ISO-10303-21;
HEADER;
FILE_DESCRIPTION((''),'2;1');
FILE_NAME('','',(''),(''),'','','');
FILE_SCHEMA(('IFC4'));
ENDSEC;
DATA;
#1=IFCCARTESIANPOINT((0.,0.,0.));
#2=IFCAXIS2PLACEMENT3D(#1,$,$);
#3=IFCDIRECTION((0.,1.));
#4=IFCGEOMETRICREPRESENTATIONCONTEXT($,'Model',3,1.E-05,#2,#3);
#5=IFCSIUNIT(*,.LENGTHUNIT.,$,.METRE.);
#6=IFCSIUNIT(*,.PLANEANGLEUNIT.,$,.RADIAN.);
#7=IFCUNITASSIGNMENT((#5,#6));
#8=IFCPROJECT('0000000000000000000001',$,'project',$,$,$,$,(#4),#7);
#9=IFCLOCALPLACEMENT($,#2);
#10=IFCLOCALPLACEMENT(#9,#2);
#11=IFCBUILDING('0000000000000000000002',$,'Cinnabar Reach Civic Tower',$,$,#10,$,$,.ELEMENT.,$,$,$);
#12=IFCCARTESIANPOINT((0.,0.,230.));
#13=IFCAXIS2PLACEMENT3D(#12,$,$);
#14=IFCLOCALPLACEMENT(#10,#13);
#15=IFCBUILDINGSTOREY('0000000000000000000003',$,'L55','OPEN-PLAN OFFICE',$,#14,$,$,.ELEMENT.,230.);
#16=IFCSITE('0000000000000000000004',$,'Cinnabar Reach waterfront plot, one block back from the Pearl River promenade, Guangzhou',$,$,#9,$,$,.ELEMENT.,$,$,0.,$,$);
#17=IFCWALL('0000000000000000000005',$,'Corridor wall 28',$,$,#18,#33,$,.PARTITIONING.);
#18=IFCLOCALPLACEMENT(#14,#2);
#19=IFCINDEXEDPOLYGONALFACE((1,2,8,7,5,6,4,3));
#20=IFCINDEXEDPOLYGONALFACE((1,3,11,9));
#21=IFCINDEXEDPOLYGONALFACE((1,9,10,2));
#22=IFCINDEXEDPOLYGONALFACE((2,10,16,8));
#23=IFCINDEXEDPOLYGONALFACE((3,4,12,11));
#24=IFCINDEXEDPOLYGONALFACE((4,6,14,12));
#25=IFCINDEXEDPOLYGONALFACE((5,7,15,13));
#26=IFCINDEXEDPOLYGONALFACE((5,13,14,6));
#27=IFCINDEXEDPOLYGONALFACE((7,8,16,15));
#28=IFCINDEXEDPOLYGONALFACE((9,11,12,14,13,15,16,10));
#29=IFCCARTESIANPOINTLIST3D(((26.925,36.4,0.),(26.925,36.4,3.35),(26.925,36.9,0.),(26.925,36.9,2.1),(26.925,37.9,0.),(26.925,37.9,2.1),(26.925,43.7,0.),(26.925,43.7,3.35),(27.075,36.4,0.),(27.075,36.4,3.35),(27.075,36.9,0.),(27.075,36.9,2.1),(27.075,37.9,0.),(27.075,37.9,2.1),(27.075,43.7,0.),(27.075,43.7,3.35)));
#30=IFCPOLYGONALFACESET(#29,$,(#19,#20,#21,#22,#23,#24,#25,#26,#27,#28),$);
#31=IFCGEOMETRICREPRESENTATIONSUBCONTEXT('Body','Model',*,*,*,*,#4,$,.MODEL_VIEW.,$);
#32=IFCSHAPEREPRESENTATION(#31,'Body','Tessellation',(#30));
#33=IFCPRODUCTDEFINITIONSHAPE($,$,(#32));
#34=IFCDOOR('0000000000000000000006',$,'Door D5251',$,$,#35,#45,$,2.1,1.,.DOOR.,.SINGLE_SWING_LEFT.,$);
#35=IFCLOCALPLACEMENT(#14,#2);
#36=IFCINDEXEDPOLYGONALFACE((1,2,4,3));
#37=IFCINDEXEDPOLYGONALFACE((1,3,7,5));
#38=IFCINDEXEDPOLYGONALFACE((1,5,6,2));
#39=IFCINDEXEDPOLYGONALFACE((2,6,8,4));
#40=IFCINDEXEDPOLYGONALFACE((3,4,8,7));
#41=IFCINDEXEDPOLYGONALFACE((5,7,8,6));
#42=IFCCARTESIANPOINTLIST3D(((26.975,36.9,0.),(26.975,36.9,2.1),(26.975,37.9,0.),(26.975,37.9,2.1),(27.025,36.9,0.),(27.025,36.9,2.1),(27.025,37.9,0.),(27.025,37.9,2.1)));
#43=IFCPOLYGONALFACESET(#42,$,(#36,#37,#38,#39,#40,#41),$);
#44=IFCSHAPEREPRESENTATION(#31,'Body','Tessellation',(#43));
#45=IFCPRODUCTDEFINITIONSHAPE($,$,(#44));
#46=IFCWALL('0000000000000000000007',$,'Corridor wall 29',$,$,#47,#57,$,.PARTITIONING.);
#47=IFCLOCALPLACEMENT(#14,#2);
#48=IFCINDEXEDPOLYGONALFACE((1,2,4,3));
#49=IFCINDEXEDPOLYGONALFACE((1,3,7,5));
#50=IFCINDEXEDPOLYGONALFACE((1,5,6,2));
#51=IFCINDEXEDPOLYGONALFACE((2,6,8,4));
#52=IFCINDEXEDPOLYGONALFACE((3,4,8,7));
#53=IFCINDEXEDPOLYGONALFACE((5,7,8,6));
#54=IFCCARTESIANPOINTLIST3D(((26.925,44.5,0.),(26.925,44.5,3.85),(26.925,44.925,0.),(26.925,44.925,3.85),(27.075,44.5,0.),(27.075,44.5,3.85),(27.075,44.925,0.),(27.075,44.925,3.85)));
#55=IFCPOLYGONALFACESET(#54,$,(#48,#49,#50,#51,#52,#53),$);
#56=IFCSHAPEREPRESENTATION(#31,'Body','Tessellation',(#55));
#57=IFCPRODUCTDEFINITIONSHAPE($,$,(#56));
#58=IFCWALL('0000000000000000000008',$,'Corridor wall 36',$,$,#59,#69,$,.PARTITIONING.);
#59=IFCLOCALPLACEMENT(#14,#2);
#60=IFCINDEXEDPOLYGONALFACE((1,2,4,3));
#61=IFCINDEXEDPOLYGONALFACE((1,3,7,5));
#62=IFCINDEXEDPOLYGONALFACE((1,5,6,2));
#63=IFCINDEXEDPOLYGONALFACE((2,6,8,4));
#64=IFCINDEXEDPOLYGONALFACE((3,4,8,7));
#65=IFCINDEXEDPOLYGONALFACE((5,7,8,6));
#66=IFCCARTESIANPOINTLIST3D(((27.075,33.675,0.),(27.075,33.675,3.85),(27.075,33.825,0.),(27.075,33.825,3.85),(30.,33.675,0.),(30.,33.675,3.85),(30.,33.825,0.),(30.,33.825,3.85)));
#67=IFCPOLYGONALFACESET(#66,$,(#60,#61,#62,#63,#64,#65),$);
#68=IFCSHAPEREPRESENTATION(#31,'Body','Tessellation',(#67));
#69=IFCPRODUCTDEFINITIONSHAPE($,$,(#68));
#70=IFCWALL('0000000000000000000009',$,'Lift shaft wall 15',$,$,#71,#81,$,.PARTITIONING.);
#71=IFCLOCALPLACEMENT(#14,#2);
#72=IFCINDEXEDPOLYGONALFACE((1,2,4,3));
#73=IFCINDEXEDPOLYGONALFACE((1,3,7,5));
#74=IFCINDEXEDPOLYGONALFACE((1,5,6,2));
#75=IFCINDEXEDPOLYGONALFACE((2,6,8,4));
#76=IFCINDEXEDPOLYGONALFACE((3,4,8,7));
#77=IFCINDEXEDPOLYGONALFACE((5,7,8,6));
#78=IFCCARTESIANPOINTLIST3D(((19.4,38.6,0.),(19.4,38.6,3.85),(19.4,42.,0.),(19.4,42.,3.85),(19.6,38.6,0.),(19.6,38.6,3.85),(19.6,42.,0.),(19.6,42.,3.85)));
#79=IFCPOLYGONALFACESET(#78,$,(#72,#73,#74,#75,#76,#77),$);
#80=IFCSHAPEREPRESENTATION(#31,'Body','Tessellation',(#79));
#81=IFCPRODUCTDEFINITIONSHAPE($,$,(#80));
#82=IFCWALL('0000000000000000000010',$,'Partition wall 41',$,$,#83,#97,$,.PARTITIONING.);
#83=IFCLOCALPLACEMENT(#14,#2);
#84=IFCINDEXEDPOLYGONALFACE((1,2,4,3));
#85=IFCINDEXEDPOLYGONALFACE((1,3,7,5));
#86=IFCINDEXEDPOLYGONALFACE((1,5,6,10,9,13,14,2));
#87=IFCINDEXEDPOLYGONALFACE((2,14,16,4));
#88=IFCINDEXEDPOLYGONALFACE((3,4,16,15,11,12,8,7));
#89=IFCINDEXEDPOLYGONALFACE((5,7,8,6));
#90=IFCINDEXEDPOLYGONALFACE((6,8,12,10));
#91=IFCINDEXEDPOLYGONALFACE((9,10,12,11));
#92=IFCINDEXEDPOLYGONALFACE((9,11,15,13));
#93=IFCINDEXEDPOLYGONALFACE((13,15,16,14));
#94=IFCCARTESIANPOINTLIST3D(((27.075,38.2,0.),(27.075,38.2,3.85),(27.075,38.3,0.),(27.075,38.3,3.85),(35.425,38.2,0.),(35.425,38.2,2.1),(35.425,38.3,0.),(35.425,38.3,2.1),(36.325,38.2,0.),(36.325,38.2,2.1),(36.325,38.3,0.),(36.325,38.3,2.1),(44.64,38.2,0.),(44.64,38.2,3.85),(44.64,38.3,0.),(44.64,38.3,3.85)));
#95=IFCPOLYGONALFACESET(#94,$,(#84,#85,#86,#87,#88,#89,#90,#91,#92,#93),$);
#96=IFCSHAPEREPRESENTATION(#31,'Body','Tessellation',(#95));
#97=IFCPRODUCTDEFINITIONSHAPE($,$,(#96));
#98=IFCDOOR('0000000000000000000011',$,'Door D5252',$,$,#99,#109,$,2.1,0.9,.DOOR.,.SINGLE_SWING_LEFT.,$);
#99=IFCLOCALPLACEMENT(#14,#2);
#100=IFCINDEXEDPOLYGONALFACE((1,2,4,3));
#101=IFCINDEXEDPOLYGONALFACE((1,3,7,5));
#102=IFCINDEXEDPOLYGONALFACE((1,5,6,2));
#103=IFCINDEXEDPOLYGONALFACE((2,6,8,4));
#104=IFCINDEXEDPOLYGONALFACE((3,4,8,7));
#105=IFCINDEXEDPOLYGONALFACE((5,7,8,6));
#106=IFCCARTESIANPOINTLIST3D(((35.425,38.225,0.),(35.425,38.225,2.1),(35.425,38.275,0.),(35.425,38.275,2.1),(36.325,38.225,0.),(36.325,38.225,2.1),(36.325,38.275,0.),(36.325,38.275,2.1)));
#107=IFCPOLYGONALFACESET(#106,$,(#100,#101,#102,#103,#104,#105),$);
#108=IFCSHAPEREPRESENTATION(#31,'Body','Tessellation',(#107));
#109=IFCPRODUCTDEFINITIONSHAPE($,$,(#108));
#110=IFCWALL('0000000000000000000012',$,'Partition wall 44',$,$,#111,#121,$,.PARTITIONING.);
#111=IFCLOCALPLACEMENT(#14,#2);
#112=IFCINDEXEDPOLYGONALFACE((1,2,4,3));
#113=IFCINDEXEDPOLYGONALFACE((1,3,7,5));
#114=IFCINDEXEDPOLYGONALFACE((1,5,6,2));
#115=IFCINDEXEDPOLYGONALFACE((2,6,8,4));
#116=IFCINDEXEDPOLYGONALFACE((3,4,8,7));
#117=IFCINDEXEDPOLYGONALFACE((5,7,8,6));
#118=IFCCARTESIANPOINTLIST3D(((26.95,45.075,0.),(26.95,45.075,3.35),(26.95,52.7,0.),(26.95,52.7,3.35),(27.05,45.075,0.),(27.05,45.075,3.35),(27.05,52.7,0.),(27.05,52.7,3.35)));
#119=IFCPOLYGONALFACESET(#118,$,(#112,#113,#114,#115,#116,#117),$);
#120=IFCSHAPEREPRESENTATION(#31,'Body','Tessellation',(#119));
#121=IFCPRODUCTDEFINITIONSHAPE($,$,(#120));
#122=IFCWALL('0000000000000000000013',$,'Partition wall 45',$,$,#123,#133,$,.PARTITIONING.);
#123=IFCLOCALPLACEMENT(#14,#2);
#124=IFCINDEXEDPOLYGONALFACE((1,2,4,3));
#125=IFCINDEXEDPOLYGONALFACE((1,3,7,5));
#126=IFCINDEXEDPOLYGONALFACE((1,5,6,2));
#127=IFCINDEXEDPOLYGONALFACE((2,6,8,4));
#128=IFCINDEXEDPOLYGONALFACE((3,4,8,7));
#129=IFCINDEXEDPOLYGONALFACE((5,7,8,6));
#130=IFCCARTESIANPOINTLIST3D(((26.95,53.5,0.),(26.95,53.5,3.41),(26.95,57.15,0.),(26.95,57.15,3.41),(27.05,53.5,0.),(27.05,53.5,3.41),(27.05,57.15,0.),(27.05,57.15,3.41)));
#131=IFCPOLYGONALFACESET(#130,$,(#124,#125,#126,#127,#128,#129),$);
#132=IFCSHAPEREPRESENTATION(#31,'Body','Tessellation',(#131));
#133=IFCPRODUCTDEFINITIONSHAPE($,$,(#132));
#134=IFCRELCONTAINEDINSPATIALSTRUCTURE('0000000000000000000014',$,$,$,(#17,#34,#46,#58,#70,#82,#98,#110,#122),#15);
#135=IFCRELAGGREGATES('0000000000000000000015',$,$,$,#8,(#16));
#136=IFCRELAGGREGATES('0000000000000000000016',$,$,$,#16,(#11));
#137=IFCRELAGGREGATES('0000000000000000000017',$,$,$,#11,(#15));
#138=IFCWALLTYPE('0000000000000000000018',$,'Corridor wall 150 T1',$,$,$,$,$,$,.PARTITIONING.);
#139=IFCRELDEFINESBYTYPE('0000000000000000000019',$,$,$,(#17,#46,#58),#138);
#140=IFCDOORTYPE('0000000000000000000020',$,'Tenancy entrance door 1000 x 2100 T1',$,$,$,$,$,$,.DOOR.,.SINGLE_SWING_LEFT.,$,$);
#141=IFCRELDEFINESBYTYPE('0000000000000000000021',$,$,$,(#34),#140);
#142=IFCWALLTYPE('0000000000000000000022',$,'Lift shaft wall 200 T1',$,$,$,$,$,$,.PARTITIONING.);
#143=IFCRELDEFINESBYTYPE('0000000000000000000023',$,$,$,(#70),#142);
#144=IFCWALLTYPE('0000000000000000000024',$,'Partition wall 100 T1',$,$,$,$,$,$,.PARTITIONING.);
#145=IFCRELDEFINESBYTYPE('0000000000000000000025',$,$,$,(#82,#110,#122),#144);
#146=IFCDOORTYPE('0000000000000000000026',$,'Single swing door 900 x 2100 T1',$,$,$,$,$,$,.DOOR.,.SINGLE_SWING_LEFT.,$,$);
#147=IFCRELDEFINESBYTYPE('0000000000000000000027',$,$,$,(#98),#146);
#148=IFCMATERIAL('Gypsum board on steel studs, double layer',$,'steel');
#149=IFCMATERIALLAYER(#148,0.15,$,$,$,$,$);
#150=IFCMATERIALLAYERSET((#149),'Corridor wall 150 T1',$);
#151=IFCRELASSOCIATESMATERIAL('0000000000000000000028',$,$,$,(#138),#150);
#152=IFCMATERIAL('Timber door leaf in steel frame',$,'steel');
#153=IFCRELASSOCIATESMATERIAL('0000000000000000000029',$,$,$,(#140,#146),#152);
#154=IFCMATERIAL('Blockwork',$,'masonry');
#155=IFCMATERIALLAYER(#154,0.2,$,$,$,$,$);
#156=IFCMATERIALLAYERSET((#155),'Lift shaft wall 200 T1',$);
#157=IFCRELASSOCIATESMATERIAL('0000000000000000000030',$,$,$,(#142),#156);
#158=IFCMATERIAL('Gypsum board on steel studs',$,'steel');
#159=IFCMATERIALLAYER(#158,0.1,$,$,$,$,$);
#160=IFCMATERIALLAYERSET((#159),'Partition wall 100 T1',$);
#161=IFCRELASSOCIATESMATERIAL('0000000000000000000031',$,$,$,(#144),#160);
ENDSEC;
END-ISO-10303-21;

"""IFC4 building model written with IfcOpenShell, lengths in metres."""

from ifc_helpers import new_model, si_unit, direction, frame, frame_2d, origin, place, context, subcontext, project, spatial, rectangle, extrude, material, layer, layer_set, type_object, element, fill, save


model = new_model("IFC4")

# Units and contexts
model_context = context("Model", 3, precision=1e-05, world=origin(), true_north=direction((0.0, 1.0)))
body_context = subcontext(model_context, "Body", "Model", "MODEL_VIEW")
ifc_project = project(units=[si_unit("LENGTHUNIT", "METRE"), si_unit("PLANEANGLEUNIT", "RADIAN")], contexts=[model_context])

# Site, building, storey
site_placement = place(None, origin())
site = spatial("IfcSite", under=ifc_project, at=site_placement, Name="Cinnabar Reach waterfront plot, one block back from the Pearl River promenade, Guangzhou", CompositionType="ELEMENT", RefElevation=0.0)
building_placement = place(site_placement, origin())
building = spatial("IfcBuilding", under=site, at=building_placement, Name="Cinnabar Reach Civic Tower", CompositionType="ELEMENT")
storey_placement = place(building_placement, frame((0.0, 0.0, 230.0)))
storey = spatial("IfcBuildingStorey", under=building, at=storey_placement, Name="L55", Description="OPEN-PLAN OFFICE", CompositionType="ELEMENT", Elevation=230.0)

# Wall, opening, door
ifc_material_1 = material(Name="Gypsum board on steel studs, double layer", Category="steel")
ifc_layer_1 = layer(ifc_material_1, 0.15)
ifc_layer_set_1 = layer_set([ifc_layer_1], Name="Corridor wall 150 T1")
wall_type_1 = type_object("IfcWallType", Name="Corridor wall 150 T1", PredefinedType="PARTITIONING", material=ifc_layer_set_1)
wall_1_placement = place(storey_placement, frame((27.0, 36.4, 0.0), z_axis=(0.0, 0.0, 1.0), x_axis=(0.0, 1.0, 0.0)))
wall_1 = element("IfcWall", 1, at=wall_1_placement, inside=storey, type_object=wall_type_1, Name="Corridor wall 28", PredefinedType="PARTITIONING", context=body_context, shape_type="SweptSolid", body=[
    extrude(rectangle(XDim=7.3, YDim=0.15, at=frame_2d((3.65, 0.0))), origin(), (0.0, 0.0, 1.0), 3.35),
])
opening_1_placement = place(wall_1_placement, frame((0.5, 0.0, 0.0)))
opening_1 = element("IfcOpeningElement", 2, at=opening_1_placement, cuts=wall_1, PredefinedType="OPENING", context=body_context, shape_type="SweptSolid", body=[
    extrude(rectangle(XDim=1.0, YDim=2.1, at=frame_2d((0.5, 1.05))), frame((0.0, 0.085, 0.0), z_axis=(0.0, -1.0, 0.0), x_axis=(1.0, 0.0, 0.0)), (0.0, 0.0, 1.0), 0.17),
])
ifc_material_2 = material(Name="Timber door leaf in steel frame", Category="steel")
door_type_1 = type_object("IfcDoorType", Name="Tenancy entrance door 1000 x 2100 T1", OperationType="SINGLE_SWING_LEFT", PredefinedType="DOOR", material=ifc_material_2)
door_1_placement = place(opening_1_placement, frame((1.0, 0.0, 0.0), z_axis=(0.0, 0.0, 1.0), x_axis=(-1.0, 0.0, 0.0)))
door_1 = element("IfcDoor", 3, at=door_1_placement, inside=storey, type_object=door_type_1, Name="Door D5251", OperationType="SINGLE_SWING_LEFT", OverallHeight=2.1, OverallWidth=1.0, PredefinedType="DOOR", context=body_context, shape_type="SweptSolid", body=[
    extrude(rectangle(XDim=1.0, YDim=2.1, at=frame_2d((0.5, 1.05))), frame((0.0, 0.025, 0.0), z_axis=(0.0, -1.0, 0.0), x_axis=(1.0, 0.0, 0.0)), (0.0, 0.0, 1.0), 0.05),
])
fill(opening_1, door_1)

# Walls
wall_2_placement = place(storey_placement, frame((27.0, 44.5, 0.0), z_axis=(0.0, 0.0, 1.0), x_axis=(0.0, 1.0, 0.0)))
element("IfcWall", 4, at=wall_2_placement, inside=storey, type_object=wall_type_1, Name="Corridor wall 29", PredefinedType="PARTITIONING", context=body_context, shape_type="SweptSolid", body=[
    extrude(rectangle(XDim=0.425, YDim=0.15, at=frame_2d((0.2125, 0.0))), origin(), (0.0, 0.0, 1.0), 3.85),
])
wall_3_placement = place(storey_placement, frame((27.075, 33.75, 0.0), z_axis=(0.0, 0.0, 1.0), x_axis=(1.0, 0.0, 0.0)))
element("IfcWall", 5, at=wall_3_placement, inside=storey, type_object=wall_type_1, Name="Corridor wall 36", PredefinedType="PARTITIONING", context=body_context, shape_type="SweptSolid", body=[
    extrude(rectangle(XDim=2.925, YDim=0.15, at=frame_2d((1.4625, 0.0))), origin(), (0.0, 0.0, 1.0), 3.85),
])
ifc_material_3 = material(Name="Blockwork", Category="masonry")
ifc_layer_2 = layer(ifc_material_3, 0.2)
ifc_layer_set_2 = layer_set([ifc_layer_2], Name="Lift shaft wall 200 T1")
wall_type_2 = type_object("IfcWallType", Name="Lift shaft wall 200 T1", PredefinedType="PARTITIONING", material=ifc_layer_set_2)
wall_4_placement = place(storey_placement, frame((19.5, 38.6, 0.0), z_axis=(0.0, 0.0, 1.0), x_axis=(0.0, 1.0, 0.0)))
element("IfcWall", 6, at=wall_4_placement, inside=storey, type_object=wall_type_2, Name="Lift shaft wall 15", PredefinedType="PARTITIONING", context=body_context, shape_type="SweptSolid", body=[
    extrude(rectangle(XDim=3.4, YDim=0.2, at=frame_2d((1.7, 0.0))), origin(), (0.0, 0.0, 1.0), 3.85),
])

# Wall, opening, door
ifc_material_4 = material(Name="Gypsum board on steel studs", Category="steel")
ifc_layer_3 = layer(ifc_material_4, 0.1)
ifc_layer_set_3 = layer_set([ifc_layer_3], Name="Partition wall 100 T1")
wall_type_3 = type_object("IfcWallType", Name="Partition wall 100 T1", PredefinedType="PARTITIONING", material=ifc_layer_set_3)
wall_5_placement = place(storey_placement, frame((27.075, 38.25, 0.0), z_axis=(0.0, 0.0, 1.0), x_axis=(1.0, 0.0, 0.0)))
wall_5 = element("IfcWall", 7, at=wall_5_placement, inside=storey, type_object=wall_type_3, Name="Partition wall 41", PredefinedType="PARTITIONING", context=body_context, shape_type="SweptSolid", body=[
    extrude(rectangle(XDim=17.565, YDim=0.1, at=frame_2d((8.7825, 0.0))), origin(), (0.0, 0.0, 1.0), 3.85),
])
opening_2_placement = place(wall_5_placement, frame((8.35, 0.0, 0.0)))
opening_2 = element("IfcOpeningElement", 8, at=opening_2_placement, cuts=wall_5, PredefinedType="OPENING", context=body_context, shape_type="SweptSolid", body=[
    extrude(rectangle(XDim=0.9, YDim=2.1, at=frame_2d((0.45, 1.05))), frame((0.0, 0.06, 0.0), z_axis=(0.0, -1.0, 0.0), x_axis=(1.0, 0.0, 0.0)), (0.0, 0.0, 1.0), 0.12),
])
door_type_2 = type_object("IfcDoorType", Name="Single swing door 900 x 2100 T1", OperationType="SINGLE_SWING_LEFT", PredefinedType="DOOR", material=ifc_material_2)
door_2_placement = place(opening_2_placement, frame((0.9, 0.0, 0.0), z_axis=(0.0, 0.0, 1.0), x_axis=(-1.0, 0.0, 0.0)))
door_2 = element("IfcDoor", 9, at=door_2_placement, inside=storey, type_object=door_type_2, Name="Door D5252", OperationType="SINGLE_SWING_LEFT", OverallHeight=2.1, OverallWidth=0.9, PredefinedType="DOOR", context=body_context, shape_type="SweptSolid", body=[
    extrude(rectangle(XDim=0.9, YDim=2.1, at=frame_2d((0.45, 1.05))), frame((0.0, 0.025, 0.0), z_axis=(0.0, -1.0, 0.0), x_axis=(1.0, 0.0, 0.0)), (0.0, 0.0, 1.0), 0.05),
])
fill(opening_2, door_2)

# Walls
wall_6_placement = place(storey_placement, frame((27.0, 45.075, 0.0), z_axis=(0.0, 0.0, 1.0), x_axis=(0.0, 1.0, 0.0)))
element("IfcWall", 10, at=wall_6_placement, inside=storey, type_object=wall_type_3, Name="Partition wall 44", PredefinedType="PARTITIONING", context=body_context, shape_type="SweptSolid", body=[
    extrude(rectangle(XDim=7.625, YDim=0.1, at=frame_2d((3.8125, 0.0))), origin(), (0.0, 0.0, 1.0), 3.35),
])
wall_7_placement = place(storey_placement, frame((27.0, 53.5, 0.0), z_axis=(0.0, 0.0, 1.0), x_axis=(0.0, 1.0, 0.0)))
element("IfcWall", 11, at=wall_7_placement, inside=storey, type_object=wall_type_3, Name="Partition wall 45", PredefinedType="PARTITIONING", context=body_context, shape_type="SweptSolid", body=[
    extrude(rectangle(XDim=3.65, YDim=0.1, at=frame_2d((1.825, 0.0))), origin(), (0.0, 0.0, 1.0), 3.41),
])

save(model, "model.ifc")
